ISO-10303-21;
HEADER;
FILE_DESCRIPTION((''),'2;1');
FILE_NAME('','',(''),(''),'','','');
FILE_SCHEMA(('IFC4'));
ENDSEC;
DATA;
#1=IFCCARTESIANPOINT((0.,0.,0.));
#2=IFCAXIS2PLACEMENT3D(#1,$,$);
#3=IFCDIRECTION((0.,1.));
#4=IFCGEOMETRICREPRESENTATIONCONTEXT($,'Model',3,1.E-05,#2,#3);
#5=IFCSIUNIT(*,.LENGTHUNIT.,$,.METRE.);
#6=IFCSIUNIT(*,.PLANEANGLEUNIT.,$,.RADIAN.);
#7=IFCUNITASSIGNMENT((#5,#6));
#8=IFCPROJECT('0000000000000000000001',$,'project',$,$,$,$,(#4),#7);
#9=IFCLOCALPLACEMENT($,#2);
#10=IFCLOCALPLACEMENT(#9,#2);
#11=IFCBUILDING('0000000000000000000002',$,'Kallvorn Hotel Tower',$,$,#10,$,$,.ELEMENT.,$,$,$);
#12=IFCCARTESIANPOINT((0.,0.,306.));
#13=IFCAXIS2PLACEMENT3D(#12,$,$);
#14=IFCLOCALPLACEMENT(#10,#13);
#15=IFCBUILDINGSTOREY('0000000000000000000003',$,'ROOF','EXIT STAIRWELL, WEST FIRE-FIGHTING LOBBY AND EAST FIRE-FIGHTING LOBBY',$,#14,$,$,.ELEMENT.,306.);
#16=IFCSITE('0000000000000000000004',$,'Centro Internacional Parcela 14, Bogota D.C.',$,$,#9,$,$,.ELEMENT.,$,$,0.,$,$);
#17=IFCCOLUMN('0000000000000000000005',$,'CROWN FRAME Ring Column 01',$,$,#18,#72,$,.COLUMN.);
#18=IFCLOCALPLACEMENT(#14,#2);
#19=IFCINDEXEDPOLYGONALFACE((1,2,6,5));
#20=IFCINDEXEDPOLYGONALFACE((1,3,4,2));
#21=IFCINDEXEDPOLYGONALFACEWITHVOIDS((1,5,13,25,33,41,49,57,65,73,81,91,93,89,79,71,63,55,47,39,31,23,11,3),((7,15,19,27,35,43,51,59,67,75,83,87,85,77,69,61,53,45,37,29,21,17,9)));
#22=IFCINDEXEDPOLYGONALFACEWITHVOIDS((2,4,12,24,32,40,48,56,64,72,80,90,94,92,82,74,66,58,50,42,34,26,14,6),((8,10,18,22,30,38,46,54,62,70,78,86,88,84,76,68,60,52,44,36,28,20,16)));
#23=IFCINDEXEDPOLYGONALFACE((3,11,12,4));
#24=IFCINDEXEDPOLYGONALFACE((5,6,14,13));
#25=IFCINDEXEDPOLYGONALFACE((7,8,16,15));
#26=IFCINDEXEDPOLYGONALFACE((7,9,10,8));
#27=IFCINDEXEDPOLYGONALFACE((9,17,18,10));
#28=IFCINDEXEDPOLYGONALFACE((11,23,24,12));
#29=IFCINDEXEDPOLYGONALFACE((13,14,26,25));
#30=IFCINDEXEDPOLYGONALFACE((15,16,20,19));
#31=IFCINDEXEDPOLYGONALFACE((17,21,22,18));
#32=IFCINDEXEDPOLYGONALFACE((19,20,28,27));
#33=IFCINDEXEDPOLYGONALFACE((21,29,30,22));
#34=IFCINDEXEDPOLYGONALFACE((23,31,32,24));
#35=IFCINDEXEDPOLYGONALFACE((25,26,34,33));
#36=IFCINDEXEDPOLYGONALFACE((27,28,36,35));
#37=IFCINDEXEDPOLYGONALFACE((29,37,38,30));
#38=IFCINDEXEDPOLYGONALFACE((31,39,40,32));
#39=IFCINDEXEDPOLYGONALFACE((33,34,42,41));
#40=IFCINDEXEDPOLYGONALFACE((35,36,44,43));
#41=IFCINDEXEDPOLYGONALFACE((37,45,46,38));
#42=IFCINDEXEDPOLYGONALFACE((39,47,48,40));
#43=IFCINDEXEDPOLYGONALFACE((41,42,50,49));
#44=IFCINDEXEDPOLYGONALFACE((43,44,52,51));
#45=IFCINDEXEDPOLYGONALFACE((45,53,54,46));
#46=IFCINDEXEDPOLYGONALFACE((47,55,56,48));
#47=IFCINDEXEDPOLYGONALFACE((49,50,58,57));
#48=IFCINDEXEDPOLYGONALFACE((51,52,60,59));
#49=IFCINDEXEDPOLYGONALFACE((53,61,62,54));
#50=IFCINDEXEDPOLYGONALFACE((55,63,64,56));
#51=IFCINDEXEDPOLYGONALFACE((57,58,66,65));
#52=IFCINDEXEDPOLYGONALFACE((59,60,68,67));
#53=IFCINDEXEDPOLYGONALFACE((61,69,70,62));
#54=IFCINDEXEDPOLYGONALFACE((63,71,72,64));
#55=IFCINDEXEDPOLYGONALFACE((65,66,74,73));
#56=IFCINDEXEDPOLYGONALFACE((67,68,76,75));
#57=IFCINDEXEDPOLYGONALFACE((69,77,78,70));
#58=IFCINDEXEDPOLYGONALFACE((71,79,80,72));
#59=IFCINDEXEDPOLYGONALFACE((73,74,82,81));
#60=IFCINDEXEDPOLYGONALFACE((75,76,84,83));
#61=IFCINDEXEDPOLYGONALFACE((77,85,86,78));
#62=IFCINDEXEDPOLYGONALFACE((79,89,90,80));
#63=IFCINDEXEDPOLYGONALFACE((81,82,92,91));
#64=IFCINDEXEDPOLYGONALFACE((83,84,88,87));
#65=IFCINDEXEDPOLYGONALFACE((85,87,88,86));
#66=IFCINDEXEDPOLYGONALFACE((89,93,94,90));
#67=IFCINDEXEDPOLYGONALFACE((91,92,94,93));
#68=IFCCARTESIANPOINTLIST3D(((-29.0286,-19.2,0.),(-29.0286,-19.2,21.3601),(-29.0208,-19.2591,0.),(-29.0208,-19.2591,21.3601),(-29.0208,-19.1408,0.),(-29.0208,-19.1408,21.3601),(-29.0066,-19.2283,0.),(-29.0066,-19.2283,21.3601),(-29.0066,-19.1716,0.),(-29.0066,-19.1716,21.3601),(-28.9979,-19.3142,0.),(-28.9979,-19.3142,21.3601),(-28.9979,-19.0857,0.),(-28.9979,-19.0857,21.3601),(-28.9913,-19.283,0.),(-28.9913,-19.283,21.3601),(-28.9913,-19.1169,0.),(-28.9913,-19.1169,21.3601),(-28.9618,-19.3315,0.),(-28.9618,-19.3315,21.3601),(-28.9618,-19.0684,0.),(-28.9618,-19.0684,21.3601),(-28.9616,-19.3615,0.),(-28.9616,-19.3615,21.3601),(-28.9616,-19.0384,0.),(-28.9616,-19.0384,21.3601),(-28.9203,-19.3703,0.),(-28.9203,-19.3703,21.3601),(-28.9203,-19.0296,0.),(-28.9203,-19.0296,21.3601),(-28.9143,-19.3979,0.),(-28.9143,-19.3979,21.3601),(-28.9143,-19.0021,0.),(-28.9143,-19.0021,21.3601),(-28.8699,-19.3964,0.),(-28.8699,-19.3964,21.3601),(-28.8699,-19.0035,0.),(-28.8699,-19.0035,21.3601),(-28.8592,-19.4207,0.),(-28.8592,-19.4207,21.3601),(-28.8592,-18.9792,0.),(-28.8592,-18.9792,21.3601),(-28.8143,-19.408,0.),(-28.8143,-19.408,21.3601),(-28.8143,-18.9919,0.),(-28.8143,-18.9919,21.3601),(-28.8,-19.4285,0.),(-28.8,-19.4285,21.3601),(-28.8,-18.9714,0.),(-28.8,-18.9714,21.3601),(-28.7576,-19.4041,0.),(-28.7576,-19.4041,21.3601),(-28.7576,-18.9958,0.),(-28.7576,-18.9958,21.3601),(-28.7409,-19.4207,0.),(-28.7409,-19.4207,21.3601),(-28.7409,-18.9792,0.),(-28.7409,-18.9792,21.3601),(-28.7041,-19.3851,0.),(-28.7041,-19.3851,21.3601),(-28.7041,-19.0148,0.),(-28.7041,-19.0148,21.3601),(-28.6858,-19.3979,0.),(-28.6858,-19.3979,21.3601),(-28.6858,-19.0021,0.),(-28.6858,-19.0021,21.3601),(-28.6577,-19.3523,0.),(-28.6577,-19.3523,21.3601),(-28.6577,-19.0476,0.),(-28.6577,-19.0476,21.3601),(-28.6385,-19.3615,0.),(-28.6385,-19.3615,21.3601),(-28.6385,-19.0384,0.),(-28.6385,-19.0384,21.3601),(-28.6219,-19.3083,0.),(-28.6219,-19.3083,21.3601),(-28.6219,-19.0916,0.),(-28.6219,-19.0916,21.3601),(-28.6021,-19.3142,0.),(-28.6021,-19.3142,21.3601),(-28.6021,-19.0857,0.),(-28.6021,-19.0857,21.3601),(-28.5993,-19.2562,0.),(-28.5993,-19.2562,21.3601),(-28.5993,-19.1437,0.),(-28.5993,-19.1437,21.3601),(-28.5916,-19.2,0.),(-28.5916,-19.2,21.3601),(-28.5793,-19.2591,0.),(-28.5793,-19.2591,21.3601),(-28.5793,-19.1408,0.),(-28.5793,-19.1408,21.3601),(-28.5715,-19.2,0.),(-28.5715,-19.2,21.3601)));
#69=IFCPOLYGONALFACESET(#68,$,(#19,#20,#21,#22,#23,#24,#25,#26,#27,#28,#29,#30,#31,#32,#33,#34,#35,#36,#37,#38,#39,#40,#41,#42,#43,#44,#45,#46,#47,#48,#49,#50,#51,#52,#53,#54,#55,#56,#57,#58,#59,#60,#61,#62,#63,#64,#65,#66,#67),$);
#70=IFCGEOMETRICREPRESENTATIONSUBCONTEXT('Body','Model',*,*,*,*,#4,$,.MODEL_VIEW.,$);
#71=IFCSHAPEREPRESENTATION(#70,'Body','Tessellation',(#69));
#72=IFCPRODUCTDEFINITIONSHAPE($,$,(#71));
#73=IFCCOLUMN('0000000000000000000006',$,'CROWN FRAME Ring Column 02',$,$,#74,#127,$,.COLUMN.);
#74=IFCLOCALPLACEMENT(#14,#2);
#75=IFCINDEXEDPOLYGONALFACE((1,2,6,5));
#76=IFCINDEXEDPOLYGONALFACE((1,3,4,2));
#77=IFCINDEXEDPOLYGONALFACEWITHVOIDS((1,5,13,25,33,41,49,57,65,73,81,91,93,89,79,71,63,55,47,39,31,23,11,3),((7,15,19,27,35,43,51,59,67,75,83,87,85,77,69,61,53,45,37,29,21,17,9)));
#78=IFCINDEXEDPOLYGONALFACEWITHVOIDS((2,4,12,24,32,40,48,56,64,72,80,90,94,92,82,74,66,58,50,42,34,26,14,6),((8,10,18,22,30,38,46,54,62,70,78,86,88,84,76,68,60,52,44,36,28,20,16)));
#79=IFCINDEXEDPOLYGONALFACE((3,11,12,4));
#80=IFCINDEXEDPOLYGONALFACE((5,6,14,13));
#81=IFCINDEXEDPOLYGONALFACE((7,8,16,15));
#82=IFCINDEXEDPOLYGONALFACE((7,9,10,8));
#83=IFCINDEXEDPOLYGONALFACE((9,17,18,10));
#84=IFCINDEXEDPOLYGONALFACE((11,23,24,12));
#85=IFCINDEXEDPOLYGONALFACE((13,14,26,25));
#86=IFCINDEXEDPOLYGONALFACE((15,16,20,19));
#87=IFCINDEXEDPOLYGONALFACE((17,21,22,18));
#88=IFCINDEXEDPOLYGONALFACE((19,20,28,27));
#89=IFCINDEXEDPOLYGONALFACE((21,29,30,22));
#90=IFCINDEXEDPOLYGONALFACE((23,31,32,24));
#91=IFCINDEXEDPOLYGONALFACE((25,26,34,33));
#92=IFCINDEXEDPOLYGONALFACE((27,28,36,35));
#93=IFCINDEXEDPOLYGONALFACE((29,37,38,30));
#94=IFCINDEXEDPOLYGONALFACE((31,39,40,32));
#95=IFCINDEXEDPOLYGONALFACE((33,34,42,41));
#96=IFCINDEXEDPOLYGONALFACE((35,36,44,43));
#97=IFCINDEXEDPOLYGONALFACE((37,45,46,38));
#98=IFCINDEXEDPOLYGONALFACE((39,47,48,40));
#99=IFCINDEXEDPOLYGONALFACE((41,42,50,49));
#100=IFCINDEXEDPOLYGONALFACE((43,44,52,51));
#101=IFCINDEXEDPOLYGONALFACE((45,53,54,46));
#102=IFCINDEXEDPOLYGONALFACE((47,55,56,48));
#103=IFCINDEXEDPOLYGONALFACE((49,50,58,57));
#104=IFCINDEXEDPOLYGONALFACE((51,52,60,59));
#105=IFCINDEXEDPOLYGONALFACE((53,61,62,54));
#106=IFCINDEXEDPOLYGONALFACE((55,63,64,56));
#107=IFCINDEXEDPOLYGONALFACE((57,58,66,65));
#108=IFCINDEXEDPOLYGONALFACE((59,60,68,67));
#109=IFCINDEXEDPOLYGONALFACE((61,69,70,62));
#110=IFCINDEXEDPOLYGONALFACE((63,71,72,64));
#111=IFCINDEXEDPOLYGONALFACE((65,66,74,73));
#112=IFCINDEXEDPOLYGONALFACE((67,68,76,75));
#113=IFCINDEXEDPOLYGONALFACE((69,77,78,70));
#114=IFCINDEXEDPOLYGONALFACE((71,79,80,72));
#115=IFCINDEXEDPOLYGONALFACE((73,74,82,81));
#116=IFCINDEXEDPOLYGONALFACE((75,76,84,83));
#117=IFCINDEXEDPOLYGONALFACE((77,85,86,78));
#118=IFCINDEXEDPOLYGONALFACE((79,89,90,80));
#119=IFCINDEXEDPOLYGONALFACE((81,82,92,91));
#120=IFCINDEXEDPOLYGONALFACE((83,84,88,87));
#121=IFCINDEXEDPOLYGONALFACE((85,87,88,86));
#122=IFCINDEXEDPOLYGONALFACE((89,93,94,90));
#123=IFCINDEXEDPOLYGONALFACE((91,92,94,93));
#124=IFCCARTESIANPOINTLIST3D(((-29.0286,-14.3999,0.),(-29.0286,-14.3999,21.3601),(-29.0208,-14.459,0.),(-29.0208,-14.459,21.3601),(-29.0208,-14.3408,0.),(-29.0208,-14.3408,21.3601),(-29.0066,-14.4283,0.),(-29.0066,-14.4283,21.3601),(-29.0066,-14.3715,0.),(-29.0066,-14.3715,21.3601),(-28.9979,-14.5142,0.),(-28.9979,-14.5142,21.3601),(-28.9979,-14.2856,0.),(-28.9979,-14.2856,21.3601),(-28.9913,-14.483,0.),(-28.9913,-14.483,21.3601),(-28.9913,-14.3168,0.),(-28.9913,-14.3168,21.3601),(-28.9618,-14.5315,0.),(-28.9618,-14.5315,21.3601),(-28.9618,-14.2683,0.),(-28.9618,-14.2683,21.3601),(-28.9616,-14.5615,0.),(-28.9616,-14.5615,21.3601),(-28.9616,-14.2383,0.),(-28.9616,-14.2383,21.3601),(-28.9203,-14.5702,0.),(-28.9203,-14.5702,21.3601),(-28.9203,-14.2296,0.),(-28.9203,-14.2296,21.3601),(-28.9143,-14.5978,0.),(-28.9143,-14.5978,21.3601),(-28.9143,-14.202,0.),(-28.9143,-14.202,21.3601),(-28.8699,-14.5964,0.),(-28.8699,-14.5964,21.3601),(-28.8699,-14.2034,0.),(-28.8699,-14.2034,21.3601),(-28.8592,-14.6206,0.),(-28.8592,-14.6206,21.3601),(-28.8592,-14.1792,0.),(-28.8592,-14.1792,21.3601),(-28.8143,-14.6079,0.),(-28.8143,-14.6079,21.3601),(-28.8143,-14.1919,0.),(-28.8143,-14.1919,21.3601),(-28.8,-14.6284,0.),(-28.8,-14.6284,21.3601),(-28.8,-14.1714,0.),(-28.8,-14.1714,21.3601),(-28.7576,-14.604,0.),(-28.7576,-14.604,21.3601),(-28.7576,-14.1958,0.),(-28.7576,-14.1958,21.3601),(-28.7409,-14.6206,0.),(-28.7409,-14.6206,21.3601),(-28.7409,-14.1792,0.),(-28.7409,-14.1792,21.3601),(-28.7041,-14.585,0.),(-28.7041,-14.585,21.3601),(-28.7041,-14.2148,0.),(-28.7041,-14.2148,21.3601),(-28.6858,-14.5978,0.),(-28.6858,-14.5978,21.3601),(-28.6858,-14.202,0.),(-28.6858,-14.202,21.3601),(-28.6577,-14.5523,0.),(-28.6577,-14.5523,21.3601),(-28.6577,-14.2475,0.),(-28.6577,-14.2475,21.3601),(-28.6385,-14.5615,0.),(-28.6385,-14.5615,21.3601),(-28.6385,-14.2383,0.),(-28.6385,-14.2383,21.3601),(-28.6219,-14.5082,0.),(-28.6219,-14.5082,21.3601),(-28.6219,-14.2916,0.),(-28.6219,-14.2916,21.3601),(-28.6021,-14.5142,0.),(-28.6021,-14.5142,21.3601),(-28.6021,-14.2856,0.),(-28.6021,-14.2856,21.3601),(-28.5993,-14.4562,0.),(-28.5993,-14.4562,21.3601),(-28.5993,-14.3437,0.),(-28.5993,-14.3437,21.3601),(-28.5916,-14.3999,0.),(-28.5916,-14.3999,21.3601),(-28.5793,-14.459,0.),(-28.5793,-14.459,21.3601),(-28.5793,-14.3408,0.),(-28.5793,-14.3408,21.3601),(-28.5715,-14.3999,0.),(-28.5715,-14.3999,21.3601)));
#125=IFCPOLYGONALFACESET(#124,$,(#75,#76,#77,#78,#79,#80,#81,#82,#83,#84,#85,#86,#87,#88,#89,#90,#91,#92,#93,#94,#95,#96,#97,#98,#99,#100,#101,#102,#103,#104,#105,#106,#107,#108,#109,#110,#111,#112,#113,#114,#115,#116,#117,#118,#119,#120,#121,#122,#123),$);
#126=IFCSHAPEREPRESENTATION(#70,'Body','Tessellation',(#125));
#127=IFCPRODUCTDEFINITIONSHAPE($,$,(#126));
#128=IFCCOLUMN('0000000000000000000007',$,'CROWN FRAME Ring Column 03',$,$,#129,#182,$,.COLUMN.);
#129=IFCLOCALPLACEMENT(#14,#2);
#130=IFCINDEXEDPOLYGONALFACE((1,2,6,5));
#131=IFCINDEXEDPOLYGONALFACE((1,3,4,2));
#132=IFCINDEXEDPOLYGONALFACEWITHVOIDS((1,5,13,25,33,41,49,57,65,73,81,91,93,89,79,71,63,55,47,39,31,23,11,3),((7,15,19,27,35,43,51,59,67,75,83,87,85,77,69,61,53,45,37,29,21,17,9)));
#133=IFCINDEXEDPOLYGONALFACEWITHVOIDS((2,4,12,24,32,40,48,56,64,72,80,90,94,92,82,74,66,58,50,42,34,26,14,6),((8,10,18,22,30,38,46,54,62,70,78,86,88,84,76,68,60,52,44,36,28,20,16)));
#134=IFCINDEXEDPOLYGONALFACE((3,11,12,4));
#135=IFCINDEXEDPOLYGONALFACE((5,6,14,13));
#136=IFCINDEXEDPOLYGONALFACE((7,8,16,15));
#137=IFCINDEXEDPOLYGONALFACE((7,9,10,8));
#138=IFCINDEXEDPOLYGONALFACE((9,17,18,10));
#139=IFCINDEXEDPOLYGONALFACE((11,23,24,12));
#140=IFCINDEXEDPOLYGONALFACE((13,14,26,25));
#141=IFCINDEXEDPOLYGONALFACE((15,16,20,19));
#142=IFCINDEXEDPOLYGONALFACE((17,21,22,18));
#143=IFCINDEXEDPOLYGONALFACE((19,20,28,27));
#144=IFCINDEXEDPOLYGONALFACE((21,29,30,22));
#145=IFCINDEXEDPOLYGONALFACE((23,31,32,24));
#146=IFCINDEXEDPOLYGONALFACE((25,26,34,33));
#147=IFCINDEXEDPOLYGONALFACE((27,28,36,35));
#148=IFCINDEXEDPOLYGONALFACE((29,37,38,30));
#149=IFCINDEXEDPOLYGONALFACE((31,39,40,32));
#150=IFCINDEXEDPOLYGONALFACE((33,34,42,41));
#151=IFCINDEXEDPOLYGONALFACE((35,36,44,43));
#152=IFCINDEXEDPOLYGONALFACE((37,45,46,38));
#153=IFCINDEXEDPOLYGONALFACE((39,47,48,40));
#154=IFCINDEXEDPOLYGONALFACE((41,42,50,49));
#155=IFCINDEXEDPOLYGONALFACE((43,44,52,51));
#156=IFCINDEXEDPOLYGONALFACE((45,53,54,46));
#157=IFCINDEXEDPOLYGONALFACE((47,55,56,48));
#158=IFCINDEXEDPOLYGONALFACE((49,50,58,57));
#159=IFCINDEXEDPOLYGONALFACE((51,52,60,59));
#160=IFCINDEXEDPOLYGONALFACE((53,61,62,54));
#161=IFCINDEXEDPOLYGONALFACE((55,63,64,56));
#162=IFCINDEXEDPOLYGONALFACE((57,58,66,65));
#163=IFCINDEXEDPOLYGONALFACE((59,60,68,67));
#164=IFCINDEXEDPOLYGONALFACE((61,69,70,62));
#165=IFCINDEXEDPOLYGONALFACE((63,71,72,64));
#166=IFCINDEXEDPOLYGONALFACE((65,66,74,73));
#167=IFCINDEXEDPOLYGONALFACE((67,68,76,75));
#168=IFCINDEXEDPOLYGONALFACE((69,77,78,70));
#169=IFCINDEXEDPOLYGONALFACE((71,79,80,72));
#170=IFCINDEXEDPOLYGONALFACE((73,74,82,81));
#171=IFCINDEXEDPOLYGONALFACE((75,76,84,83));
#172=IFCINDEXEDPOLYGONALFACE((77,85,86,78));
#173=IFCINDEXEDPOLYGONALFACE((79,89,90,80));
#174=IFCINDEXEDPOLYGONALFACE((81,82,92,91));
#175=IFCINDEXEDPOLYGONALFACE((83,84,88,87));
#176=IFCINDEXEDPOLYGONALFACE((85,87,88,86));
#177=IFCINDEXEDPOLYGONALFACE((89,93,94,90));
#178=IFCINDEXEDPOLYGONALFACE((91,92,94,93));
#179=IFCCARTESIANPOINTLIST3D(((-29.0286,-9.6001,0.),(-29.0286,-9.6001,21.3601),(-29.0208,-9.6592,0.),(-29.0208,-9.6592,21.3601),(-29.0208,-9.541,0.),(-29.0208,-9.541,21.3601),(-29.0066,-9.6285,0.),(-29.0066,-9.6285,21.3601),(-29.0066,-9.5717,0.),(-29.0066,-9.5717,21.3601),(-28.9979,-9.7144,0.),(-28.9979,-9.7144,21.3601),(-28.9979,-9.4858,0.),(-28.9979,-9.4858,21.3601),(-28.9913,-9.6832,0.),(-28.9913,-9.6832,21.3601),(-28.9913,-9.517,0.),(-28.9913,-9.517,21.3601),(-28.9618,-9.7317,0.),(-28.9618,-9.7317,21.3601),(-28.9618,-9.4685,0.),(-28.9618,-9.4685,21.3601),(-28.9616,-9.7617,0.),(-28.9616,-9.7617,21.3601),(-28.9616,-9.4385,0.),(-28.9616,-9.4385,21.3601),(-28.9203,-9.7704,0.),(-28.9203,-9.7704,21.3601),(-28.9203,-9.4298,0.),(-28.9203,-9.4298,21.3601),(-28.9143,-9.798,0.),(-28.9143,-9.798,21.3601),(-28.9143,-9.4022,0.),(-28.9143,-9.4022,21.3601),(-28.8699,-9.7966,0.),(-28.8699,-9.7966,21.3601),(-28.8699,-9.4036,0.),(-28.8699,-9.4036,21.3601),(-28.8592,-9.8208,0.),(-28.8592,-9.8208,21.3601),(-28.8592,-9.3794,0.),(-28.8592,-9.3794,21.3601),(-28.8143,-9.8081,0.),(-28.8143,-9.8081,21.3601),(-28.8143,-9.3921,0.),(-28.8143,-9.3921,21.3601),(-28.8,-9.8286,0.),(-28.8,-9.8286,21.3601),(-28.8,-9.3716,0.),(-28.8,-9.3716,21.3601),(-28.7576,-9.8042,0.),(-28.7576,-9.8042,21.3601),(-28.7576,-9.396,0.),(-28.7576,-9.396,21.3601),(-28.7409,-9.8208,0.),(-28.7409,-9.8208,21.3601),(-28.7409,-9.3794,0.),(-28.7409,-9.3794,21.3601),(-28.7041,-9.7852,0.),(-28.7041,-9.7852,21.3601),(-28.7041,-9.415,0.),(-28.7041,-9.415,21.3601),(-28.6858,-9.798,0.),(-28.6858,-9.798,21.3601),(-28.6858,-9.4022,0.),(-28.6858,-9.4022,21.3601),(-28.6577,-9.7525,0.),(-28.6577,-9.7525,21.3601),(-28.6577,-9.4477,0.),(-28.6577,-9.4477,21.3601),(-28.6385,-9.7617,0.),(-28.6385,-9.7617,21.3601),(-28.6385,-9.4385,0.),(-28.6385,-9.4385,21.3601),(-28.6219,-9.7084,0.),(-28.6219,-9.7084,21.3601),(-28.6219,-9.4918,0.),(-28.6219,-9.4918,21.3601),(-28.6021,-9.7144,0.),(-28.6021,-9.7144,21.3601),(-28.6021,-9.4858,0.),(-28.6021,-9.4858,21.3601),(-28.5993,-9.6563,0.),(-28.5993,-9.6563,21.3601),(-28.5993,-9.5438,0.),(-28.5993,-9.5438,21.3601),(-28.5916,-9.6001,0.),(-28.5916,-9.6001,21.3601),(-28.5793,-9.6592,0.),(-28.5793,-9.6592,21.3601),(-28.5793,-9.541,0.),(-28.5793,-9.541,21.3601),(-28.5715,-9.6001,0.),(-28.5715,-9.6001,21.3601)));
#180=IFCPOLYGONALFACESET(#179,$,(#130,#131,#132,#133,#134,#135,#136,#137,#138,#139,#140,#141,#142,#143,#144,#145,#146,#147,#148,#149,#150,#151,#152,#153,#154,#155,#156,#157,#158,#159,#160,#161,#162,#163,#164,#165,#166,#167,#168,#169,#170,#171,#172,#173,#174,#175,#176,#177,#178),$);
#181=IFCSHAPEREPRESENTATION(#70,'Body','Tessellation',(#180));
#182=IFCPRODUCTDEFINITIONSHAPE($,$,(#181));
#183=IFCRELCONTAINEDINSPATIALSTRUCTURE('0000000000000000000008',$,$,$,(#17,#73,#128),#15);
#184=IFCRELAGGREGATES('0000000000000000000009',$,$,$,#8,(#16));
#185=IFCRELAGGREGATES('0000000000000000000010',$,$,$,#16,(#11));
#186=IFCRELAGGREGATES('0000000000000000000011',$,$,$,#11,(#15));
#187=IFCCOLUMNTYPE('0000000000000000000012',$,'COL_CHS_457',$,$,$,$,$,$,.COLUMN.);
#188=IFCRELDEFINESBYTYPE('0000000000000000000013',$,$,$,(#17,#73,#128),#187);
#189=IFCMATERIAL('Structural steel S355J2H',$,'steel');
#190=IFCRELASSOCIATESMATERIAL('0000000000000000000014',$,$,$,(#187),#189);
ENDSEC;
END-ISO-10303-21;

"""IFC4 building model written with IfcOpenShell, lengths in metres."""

from ifc_helpers import new_model, si_unit, direction, frame, origin, origin_2d, place, context, subcontext, project, spatial, hollow_circle, extrude, material, material_profile, profile_set, type_object, element, save


model = new_model("IFC4")

# Units and contexts
model_context = context("Model", 3, precision=1e-05, world=origin(), true_north=direction((0.0, 1.0)))
body_context = subcontext(model_context, "Body", "Model", "MODEL_VIEW")
ifc_project = project(units=[si_unit("LENGTHUNIT", "METRE"), si_unit("PLANEANGLEUNIT", "RADIAN")], contexts=[model_context])

# Site, building, storey
site_placement = place(None, origin())
site = spatial("IfcSite", under=ifc_project, at=site_placement, Name="Centro Internacional Parcela 14, Bogota D.C.", CompositionType="ELEMENT", RefElevation=0.0)
building_placement = place(site_placement, origin())
building = spatial("IfcBuilding", under=site, at=building_placement, Name="Kallvorn Hotel Tower", CompositionType="ELEMENT")
storey_placement = place(building_placement, frame((0.0, 0.0, 306.0)))
storey = spatial("IfcBuildingStorey", under=building, at=storey_placement, Name="ROOF", Description="EXIT STAIRWELL, WEST FIRE-FIGHTING LOBBY AND EAST FIRE-FIGHTING LOBBY", CompositionType="ELEMENT", Elevation=306.0)

# Columns
ifc_material_1 = material(Name="Structural steel S355J2H", Category="steel")
ifc_material_profile_1 = material_profile(ifc_material_1, hollow_circle(Radius=0.2285, WallThickness=0.02, at=origin_2d()), Name="CHS 457x20")
ifc_profile_set_1 = profile_set([ifc_material_profile_1], Name="Structural steel S355J2H")
column_type = type_object("IfcColumnType", Name="COL_CHS_457", PredefinedType="COLUMN", material=ifc_profile_set_1)
for number, where, z_axis, x_axis, name in (
    (1, (-28.8, -19.2, 0.0), (0.0, 0.0, 1.0), (1.0, 0.0, 0.0), "CROWN FRAME Ring Column 01"),
    (2, (-28.8, -14.3999, 0.0), (0.0, 0.0, 1.0), (1.0, 0.0, 0.0), "CROWN FRAME Ring Column 02"),
    (3, (-28.8, -9.6001, 0.0), (0.0, 0.0, 1.0), (1.0, 0.0, 0.0), "CROWN FRAME Ring Column 03"),
):
    element("IfcColumn", number, at=place(storey_placement, frame(where, z_axis=z_axis, x_axis=x_axis)), inside=storey, type_object=column_type, Name=name, PredefinedType="COLUMN", context=body_context, shape_type="SweptSolid", body=[
        extrude(hollow_circle(Radius=0.2285, WallThickness=0.02, at=origin_2d()), origin(), (0.0, 0.0, 1.0), 21.3601),
    ])

save(model, "model.ifc")
